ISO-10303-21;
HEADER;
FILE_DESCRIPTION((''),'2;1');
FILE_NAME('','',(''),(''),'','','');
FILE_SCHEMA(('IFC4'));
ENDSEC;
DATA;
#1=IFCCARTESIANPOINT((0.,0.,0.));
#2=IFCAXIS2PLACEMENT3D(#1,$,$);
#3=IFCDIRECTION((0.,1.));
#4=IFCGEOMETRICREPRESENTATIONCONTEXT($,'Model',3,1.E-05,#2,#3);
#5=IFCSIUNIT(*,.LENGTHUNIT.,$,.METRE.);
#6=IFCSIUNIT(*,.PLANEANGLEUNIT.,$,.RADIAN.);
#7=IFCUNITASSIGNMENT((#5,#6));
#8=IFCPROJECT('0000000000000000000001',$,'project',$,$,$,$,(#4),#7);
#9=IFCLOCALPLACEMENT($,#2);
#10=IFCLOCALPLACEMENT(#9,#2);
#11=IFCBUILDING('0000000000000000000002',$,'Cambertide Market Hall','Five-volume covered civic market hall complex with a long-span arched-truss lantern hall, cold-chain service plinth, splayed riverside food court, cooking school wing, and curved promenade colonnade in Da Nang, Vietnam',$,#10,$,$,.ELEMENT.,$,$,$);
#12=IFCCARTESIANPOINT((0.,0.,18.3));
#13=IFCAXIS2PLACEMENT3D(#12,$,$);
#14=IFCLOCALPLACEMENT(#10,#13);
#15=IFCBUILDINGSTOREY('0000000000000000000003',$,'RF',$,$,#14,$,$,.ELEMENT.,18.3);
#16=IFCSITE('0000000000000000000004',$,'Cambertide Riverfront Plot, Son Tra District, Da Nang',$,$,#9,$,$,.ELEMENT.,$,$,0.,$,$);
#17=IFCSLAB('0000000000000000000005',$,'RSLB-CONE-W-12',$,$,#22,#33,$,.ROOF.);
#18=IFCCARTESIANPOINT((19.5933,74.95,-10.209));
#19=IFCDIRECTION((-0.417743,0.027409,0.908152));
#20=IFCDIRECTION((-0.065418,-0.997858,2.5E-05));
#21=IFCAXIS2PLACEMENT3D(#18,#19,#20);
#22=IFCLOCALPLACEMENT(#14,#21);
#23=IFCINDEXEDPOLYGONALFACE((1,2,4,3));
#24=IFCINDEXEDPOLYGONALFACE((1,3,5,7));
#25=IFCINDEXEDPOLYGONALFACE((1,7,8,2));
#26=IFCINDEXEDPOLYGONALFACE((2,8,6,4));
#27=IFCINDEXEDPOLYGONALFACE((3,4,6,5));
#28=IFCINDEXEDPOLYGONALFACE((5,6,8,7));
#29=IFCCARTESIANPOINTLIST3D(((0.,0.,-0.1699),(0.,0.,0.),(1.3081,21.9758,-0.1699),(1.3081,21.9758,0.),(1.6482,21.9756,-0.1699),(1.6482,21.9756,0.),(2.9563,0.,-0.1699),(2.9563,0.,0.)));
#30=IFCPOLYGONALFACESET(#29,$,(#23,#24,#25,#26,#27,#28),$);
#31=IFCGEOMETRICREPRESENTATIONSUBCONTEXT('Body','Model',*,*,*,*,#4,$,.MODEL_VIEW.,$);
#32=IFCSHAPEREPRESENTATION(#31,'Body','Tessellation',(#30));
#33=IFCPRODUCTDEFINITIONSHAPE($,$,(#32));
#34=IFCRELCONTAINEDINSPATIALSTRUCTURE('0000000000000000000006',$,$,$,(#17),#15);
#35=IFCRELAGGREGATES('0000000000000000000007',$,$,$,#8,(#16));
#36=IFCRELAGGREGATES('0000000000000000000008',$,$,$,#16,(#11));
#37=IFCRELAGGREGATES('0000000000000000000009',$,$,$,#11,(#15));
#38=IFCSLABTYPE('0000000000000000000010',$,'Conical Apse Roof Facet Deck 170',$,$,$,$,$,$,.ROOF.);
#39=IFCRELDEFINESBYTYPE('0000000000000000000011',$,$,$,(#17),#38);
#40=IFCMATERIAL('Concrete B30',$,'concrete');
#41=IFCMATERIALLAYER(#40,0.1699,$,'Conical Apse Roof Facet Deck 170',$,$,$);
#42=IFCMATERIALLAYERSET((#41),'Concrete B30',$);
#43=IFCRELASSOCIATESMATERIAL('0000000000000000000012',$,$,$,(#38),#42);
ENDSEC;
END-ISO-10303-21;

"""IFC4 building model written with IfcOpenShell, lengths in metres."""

from ifc_helpers import new_model, si_unit, direction, frame, origin, place, context, subcontext, project, spatial, polyline, outline, extrude, material, layer, layer_set, type_object, element, save


model = new_model("IFC4")

# Units and contexts
model_context = context("Model", 3, precision=1e-05, world=origin(), true_north=direction((0.0, 1.0)))
body_context = subcontext(model_context, "Body", "Model", "MODEL_VIEW")
ifc_project = project(units=[si_unit("LENGTHUNIT", "METRE"), si_unit("PLANEANGLEUNIT", "RADIAN")], contexts=[model_context])

# Site, building, storey
site_placement = place(None, origin())
site = spatial("IfcSite", under=ifc_project, at=site_placement, Name="Cambertide Riverfront Plot, Son Tra District, Da Nang", CompositionType="ELEMENT", RefElevation=0.0)
building_placement = place(site_placement, origin())
building = spatial("IfcBuilding", under=site, at=building_placement, Name="Cambertide Market Hall", Description="Five-volume covered civic market hall complex with a long-span arched-truss lantern hall, cold-chain service plinth, splayed riverside food court, cooking school wing, and curved promenade colonnade in Da Nang, Vietnam", CompositionType="ELEMENT")
storey_placement = place(building_placement, frame((0.0, 0.0, 18.3)))
storey = spatial("IfcBuildingStorey", under=building, at=storey_placement, Name="RF", CompositionType="ELEMENT", Elevation=18.3)

# Slab
ifc_material_1 = material(Name="Concrete B30", Category="concrete")
ifc_layer_1 = layer(ifc_material_1, 0.1699, Name="Conical Apse Roof Facet Deck 170")
ifc_layer_set_1 = layer_set([ifc_layer_1], Name="Concrete B30")
slab_type = type_object("IfcSlabType", Name="Conical Apse Roof Facet Deck 170", PredefinedType="ROOF", material=ifc_layer_set_1)
slab_1_placement = place(storey_placement, frame((19.5933, 74.95, -10.209), z_axis=(-0.417743, 0.027409, 0.908152), x_axis=(-0.065418, -0.997858, 0.000025)))
element("IfcSlab", 1, at=slab_1_placement, inside=storey, type_object=slab_type, Name="RSLB-CONE-W-12", PredefinedType="ROOF", context=body_context, shape_type="SweptSolid", body=[
    extrude(outline(polyline([(0.0, 0.0), (2.9563, 0.0), (1.6482, 21.9756), (1.3081, 21.9758), (0.0, 0.0)])), origin(), (0.0, 0.0, -1.0), 0.1699),
])

save(model, "model.ifc")
